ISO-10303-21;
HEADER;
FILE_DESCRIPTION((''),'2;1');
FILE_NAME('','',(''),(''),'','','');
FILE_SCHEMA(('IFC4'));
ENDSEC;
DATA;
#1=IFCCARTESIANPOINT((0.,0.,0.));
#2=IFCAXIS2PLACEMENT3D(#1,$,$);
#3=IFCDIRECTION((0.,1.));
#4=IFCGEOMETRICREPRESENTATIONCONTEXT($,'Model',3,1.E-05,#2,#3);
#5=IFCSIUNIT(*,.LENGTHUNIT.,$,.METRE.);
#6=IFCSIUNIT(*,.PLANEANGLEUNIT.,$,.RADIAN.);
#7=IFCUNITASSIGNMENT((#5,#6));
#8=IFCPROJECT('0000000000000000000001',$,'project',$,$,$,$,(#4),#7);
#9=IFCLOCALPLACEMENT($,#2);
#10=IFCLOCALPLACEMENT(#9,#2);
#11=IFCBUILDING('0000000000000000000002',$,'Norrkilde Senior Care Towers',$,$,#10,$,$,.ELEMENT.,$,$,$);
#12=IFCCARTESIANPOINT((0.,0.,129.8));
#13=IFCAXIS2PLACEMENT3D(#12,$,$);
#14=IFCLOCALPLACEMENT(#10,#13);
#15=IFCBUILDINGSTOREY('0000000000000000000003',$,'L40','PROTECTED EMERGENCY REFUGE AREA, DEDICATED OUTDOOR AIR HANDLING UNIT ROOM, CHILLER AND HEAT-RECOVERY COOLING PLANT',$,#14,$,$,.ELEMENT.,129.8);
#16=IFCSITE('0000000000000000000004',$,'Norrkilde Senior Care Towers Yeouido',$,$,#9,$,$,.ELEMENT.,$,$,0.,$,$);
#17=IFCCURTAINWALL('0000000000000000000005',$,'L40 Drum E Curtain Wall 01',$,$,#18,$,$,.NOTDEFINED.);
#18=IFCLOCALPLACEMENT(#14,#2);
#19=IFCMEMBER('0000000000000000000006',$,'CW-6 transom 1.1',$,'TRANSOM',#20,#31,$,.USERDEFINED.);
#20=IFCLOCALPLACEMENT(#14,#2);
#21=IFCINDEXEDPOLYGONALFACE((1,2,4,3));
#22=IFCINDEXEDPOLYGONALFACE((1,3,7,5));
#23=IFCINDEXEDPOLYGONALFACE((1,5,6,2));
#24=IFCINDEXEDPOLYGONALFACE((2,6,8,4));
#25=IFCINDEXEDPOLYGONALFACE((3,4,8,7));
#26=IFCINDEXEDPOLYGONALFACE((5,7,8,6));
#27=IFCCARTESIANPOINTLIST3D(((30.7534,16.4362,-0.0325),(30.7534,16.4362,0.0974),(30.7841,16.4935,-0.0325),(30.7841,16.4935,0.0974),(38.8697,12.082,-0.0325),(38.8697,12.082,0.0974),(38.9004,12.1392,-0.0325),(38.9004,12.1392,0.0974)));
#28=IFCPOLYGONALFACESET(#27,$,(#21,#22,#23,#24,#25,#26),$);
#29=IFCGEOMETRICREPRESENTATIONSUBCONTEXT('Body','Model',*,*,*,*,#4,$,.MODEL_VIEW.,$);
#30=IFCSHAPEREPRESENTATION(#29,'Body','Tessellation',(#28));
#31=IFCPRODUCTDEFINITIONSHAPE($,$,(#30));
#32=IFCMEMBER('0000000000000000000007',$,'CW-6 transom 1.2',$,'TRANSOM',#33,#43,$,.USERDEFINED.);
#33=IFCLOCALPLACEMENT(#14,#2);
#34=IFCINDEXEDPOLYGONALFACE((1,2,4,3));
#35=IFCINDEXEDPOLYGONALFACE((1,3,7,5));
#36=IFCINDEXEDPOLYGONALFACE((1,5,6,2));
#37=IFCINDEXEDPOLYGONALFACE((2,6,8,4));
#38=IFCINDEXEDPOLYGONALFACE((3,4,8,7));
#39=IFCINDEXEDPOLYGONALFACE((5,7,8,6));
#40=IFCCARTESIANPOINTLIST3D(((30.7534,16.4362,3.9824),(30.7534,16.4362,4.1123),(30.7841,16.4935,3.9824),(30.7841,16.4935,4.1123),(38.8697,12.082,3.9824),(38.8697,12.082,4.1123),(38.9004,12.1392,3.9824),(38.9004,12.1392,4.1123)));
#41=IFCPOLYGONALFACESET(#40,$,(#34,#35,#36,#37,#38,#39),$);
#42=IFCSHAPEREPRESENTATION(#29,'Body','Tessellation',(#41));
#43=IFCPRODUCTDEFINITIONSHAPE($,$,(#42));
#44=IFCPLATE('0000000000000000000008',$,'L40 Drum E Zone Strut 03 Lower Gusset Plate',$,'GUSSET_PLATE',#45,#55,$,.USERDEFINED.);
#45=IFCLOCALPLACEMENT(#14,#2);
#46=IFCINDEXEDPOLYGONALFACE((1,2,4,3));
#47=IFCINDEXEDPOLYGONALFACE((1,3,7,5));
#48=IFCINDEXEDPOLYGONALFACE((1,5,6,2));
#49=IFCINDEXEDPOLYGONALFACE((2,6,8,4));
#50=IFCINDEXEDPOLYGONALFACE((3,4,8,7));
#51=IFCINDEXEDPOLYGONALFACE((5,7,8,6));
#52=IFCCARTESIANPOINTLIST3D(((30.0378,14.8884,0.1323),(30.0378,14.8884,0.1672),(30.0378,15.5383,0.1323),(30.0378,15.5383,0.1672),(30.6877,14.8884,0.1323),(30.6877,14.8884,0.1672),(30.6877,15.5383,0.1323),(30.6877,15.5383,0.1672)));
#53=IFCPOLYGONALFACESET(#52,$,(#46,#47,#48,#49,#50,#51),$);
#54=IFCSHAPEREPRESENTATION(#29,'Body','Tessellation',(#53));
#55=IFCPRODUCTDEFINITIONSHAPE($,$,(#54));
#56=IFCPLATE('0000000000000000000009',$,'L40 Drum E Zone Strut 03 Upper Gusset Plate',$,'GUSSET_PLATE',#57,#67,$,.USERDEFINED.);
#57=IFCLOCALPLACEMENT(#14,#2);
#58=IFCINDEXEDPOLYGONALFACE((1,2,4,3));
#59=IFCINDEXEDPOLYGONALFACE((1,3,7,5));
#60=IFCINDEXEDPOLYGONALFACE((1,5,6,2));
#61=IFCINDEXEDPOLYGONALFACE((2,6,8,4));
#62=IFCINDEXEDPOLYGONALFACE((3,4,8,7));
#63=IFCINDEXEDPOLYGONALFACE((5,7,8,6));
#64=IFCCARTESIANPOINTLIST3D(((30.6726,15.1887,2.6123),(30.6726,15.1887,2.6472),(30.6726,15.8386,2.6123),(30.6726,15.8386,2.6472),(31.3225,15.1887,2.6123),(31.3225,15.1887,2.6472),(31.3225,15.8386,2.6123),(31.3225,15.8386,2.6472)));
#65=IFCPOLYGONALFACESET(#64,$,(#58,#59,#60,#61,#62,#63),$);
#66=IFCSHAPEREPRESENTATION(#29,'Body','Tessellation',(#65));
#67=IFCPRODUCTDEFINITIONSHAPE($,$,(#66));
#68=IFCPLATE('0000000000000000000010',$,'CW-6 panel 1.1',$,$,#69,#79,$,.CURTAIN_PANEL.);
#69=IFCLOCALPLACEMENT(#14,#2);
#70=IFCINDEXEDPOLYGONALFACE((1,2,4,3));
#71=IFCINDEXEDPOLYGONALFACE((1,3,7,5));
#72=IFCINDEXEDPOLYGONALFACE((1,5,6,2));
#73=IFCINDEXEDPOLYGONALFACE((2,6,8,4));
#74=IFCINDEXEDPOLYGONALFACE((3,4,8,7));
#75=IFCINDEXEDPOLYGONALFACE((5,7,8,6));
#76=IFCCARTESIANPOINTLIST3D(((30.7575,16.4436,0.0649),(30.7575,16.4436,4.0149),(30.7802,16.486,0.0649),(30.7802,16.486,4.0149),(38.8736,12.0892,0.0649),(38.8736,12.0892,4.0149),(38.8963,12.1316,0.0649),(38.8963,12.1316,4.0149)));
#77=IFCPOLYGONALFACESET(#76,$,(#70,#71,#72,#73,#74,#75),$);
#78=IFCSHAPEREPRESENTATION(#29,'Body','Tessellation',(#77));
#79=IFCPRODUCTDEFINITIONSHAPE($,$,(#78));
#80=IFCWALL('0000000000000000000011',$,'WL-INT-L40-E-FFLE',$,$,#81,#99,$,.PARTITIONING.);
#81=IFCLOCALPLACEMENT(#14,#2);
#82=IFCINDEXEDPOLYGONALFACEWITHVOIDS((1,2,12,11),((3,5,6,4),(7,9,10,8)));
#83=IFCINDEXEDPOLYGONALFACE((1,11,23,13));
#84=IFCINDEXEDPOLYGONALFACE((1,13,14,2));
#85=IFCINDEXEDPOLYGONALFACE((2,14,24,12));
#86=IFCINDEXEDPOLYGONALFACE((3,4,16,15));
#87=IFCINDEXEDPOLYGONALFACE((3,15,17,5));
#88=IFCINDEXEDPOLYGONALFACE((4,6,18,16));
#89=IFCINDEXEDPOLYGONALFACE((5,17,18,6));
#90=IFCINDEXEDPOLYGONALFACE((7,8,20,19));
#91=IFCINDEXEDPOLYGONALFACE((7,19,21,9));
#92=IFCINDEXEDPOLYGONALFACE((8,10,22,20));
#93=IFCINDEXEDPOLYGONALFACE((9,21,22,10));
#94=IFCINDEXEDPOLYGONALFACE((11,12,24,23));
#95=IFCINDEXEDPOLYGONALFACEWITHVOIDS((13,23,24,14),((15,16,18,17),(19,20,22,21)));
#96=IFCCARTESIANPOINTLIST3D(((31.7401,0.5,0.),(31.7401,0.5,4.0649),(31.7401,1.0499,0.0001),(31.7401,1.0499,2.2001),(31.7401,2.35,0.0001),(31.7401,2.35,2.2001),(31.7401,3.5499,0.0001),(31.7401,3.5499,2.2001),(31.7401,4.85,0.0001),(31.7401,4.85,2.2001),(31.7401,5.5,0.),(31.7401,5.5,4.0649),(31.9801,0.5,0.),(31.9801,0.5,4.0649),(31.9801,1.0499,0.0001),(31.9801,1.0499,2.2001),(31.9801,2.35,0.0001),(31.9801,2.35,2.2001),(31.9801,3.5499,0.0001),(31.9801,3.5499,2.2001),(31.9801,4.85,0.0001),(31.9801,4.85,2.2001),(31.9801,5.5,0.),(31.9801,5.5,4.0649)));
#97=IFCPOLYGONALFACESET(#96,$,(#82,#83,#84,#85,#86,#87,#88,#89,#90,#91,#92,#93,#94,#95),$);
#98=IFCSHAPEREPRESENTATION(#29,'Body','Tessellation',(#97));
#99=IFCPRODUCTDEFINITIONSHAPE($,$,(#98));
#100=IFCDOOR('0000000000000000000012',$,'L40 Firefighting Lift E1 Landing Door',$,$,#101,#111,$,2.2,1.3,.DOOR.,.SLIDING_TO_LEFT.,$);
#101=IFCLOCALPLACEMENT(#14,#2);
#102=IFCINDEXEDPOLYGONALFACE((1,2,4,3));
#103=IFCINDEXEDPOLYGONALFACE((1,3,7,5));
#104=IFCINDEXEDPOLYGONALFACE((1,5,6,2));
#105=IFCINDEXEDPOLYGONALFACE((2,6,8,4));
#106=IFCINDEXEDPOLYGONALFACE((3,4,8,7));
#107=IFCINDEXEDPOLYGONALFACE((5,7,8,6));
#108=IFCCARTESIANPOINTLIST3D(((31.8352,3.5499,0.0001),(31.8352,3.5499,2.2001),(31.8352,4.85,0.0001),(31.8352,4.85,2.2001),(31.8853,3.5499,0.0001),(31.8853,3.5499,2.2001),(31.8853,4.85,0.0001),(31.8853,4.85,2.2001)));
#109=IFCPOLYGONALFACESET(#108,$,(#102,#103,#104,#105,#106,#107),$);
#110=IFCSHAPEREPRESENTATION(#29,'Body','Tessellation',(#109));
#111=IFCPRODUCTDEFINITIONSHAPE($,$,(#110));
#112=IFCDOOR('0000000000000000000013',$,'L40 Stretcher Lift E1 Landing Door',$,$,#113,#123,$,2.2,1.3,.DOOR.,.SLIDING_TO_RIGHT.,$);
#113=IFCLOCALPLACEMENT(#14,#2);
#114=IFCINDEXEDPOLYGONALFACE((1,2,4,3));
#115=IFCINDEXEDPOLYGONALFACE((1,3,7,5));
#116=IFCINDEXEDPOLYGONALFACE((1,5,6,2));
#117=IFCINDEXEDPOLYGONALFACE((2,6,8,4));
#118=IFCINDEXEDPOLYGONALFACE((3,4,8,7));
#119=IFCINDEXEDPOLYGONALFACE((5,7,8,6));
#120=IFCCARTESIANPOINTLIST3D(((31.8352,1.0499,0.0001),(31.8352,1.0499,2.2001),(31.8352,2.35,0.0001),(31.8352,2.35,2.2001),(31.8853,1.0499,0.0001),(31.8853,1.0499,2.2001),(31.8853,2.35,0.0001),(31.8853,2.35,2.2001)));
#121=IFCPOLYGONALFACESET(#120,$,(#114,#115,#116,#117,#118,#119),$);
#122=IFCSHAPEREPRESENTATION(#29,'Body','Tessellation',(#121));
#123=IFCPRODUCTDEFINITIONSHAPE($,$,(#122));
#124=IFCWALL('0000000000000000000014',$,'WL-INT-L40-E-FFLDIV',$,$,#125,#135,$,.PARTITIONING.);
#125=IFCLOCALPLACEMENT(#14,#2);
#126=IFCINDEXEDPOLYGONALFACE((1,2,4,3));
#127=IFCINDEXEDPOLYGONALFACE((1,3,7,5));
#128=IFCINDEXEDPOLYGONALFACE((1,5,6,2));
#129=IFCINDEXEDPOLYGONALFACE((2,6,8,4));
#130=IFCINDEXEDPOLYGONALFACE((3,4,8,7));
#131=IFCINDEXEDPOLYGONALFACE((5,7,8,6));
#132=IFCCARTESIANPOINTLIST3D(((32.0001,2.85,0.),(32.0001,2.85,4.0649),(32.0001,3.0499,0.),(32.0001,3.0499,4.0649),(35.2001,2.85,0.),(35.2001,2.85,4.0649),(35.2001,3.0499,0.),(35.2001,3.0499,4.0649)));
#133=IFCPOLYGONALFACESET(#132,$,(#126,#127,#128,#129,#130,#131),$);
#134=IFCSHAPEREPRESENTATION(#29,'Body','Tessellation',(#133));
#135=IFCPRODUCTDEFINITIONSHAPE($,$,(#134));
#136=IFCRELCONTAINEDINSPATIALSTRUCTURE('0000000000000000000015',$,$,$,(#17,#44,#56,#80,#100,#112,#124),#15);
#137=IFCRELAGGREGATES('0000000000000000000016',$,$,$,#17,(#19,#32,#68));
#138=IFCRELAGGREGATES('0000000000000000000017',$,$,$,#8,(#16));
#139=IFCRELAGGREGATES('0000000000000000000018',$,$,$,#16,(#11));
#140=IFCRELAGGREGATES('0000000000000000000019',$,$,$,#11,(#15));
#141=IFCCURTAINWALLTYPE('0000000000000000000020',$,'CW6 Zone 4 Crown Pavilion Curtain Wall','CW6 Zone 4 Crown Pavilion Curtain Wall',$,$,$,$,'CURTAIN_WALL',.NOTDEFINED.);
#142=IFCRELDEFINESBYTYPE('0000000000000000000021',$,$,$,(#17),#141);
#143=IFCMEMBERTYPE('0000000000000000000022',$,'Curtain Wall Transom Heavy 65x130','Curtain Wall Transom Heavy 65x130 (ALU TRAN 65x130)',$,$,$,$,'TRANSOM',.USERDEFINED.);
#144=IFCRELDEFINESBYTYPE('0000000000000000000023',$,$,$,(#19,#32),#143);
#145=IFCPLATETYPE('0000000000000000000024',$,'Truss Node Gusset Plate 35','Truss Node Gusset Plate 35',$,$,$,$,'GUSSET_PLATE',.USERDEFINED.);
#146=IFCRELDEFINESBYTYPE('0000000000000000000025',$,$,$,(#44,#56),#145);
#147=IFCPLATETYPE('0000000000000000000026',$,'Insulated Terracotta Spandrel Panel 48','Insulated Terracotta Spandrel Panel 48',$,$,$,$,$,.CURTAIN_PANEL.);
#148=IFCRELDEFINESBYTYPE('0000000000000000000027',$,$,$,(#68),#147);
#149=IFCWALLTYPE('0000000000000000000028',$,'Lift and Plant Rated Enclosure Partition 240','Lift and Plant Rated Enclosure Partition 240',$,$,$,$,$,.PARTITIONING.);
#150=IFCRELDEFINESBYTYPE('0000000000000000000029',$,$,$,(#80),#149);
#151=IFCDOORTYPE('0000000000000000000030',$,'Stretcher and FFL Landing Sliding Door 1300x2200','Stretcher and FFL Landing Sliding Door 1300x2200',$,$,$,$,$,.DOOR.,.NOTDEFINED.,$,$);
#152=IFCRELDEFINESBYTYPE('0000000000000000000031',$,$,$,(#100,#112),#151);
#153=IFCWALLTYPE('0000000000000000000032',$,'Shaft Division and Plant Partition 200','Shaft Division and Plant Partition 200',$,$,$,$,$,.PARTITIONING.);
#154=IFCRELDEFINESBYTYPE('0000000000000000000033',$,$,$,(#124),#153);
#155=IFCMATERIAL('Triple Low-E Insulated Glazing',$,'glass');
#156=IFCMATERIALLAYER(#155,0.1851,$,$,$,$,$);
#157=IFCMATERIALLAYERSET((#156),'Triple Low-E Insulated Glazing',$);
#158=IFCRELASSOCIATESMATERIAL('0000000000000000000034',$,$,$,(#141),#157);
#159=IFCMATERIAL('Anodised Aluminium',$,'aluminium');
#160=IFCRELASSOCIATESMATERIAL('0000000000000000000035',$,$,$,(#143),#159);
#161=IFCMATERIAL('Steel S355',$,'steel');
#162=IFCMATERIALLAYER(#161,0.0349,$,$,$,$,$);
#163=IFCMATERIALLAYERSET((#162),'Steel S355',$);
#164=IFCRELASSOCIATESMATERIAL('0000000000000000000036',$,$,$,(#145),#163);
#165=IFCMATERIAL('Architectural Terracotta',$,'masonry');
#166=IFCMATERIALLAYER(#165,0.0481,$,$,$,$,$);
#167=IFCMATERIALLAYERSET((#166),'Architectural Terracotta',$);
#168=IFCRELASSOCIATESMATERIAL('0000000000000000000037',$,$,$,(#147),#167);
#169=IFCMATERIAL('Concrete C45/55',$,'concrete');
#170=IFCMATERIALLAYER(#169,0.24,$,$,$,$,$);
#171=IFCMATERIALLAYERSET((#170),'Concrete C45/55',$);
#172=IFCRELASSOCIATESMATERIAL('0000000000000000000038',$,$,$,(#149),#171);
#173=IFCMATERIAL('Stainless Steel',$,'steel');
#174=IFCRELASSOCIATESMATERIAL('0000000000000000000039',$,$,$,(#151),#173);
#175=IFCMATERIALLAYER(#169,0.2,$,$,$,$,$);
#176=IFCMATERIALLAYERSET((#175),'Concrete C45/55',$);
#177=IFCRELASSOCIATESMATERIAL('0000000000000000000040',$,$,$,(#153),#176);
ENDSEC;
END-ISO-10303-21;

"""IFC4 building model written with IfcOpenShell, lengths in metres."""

from ifc_helpers import new_model, si_unit, direction, frame, frame_2d, origin, origin_2d, place, context, subcontext, project, spatial, rectangle, extrude, source, transform, mapped, material, layer, layer_set, material_profile, profile_set, type_object, type_shapes, element, fill, aggregate, save


model = new_model("IFC4")

# Units and contexts
model_context = context("Model", 3, precision=1e-05, world=origin(), true_north=direction((0.0, 1.0)))
body_context = subcontext(model_context, "Body", "Model", "MODEL_VIEW")
ifc_project = project(units=[si_unit("LENGTHUNIT", "METRE"), si_unit("PLANEANGLEUNIT", "RADIAN")], contexts=[model_context])

# Site, building, storey
site_placement = place(None, origin())
site = spatial("IfcSite", under=ifc_project, at=site_placement, Name="Norrkilde Senior Care Towers Yeouido", CompositionType="ELEMENT", RefElevation=0.0)
building_placement = place(site_placement, origin())
building = spatial("IfcBuilding", under=site, at=building_placement, Name="Norrkilde Senior Care Towers", CompositionType="ELEMENT")
storey_placement = place(building_placement, frame((0.0, 0.0, 129.8)))
storey = spatial("IfcBuildingStorey", under=building, at=storey_placement, Name="L40", Description="PROTECTED EMERGENCY REFUGE AREA, DEDICATED OUTDOOR AIR HANDLING UNIT ROOM, CHILLER AND HEAT-RECOVERY COOLING PLANT", CompositionType="ELEMENT", Elevation=129.8)

# Shared definitions
ifc_material_1 = material(Name="Steel S355", Category="steel")

# Curtain wall
ifc_material_2 = material(Name="Triple Low-E Insulated Glazing", Category="glass")
ifc_layer_1 = layer(ifc_material_2, 0.1851)
ifc_layer_set_1 = layer_set([ifc_layer_1], Name="Triple Low-E Insulated Glazing")
curtain_wall_type = type_object("IfcCurtainWallType", Name="CW6 Zone 4 Crown Pavilion Curtain Wall", Description="CW6 Zone 4 Crown Pavilion Curtain Wall", ElementType="CURTAIN_WALL", PredefinedType="NOTDEFINED", material=ifc_layer_set_1)
curtain_wall_1_placement = place(storey_placement, origin())
curtain_wall_1 = element("IfcCurtainWall", 1, at=curtain_wall_1_placement, inside=storey, type_object=curtain_wall_type, Name="L40 Drum E Curtain Wall 01", PredefinedType="NOTDEFINED")
ifc_material_3 = material(Name="Anodised Aluminium", Category="aluminium")

# Members
ifc_material_profile_1 = material_profile(ifc_material_3, rectangle(XDim=0.0649, YDim=0.1299, at=origin_2d()), Name="ALU TRAN 65x130")
ifc_profile_set_1 = profile_set([ifc_material_profile_1], Name="Anodised Aluminium")
member_type_1 = type_object("IfcMemberType", Name="Curtain Wall Transom Heavy 65x130", Description="Curtain Wall Transom Heavy 65x130 (ALU TRAN 65x130)", ElementType="TRANSOM", PredefinedType="USERDEFINED", material=ifc_profile_set_1)
shared_shape_1 = source(origin(), body_context, "Body", "SweptSolid", [
    extrude(rectangle(XDim=0.0649, YDim=0.1299, at=origin_2d()), origin(), (0.0, 0.0, 1.0), 9.2104),
])
type_shapes(member_type_1, [shared_shape_1])
member_1_placement = place(storey_placement, frame((30.7688, 16.4648, 0.0325), z_axis=(0.881196, -0.472751, 0.0), x_axis=(0.472751, 0.881196, 0.0)))
member_1 = element("IfcMember", 2, at=member_1_placement, type_object=member_type_1, Name="CW-6 transom 1.1", ObjectType="TRANSOM", PredefinedType="USERDEFINED", context=body_context, shape_type="MappedRepresentation", body=[
    mapped(shared_shape_1, transform((0.0, 0.0, 0.0), x_axis=(1.0, 0.0, 0.0), y_axis=(0.0, 1.0, 0.0), z_axis=(0.0, 0.0, 1.0), scale=1.0)),
])
member_2_placement = place(storey_placement, frame((30.7688, 16.4648, 4.0474), z_axis=(0.881196, -0.472751, 0.0), x_axis=(0.472751, 0.881196, 0.0)))
member_2 = element("IfcMember", 3, at=member_2_placement, type_object=member_type_1, Name="CW-6 transom 1.2", ObjectType="TRANSOM", PredefinedType="USERDEFINED", context=body_context, shape_type="MappedRepresentation", body=[
    mapped(shared_shape_1, transform((0.0, 0.0, 0.0), x_axis=(1.0, 0.0, 0.0), y_axis=(0.0, 1.0, 0.0), z_axis=(0.0, 0.0, 1.0), scale=1.0)),
])

# Plates
ifc_layer_2 = layer(ifc_material_1, 0.0349)
ifc_layer_set_2 = layer_set([ifc_layer_2], Name="Steel S355")
plate_type_1 = type_object("IfcPlateType", Name="Truss Node Gusset Plate 35", Description="Truss Node Gusset Plate 35", ElementType="GUSSET_PLATE", PredefinedType="USERDEFINED", material=ifc_layer_set_2)
shared_shape_2 = source(origin(), body_context, "Body", "SweptSolid", [
    extrude(rectangle(XDim=0.6499, YDim=0.6499, at=origin_2d()), origin(), (0.0, 0.0, 1.0), 0.0349),
])
type_shapes(plate_type_1, [shared_shape_2])
for number, where, z_axis, x_axis, name in (
    (4, (30.3628, 15.2134, 0.1323), (0.0, 0.0, 1.0), (1.0, 0.0, 0.0), "L40 Drum E Zone Strut 03 Lower Gusset Plate"),
    (5, (30.9976, 15.5137, 2.6123), (0.0, 0.0, 1.0), (1.0, 0.0, 0.0), "L40 Drum E Zone Strut 03 Upper Gusset Plate"),
):
    element("IfcPlate", number, at=place(storey_placement, frame(where, z_axis=z_axis, x_axis=x_axis)), inside=storey, type_object=plate_type_1, Name=name, ObjectType="GUSSET_PLATE", PredefinedType="USERDEFINED", context=body_context, shape_type="MappedRepresentation", body=[
        mapped(shared_shape_2, transform((0.0, 0.0, 0.0), x_axis=(1.0, 0.0, 0.0), y_axis=(0.0, 1.0, 0.0), z_axis=(0.0, 0.0, 1.0), scale=1.0)),
    ])

# Plate
ifc_material_4 = material(Name="Architectural Terracotta", Category="masonry")
ifc_layer_3 = layer(ifc_material_4, 0.0481)
ifc_layer_set_3 = layer_set([ifc_layer_3], Name="Architectural Terracotta")
plate_type_2 = type_object("IfcPlateType", Name="Insulated Terracotta Spandrel Panel 48", Description="Insulated Terracotta Spandrel Panel 48", PredefinedType="CURTAIN_PANEL", material=ifc_layer_set_3)
shared_shape_3 = source(origin(), body_context, "Body", "SweptSolid", [
    extrude(rectangle(XDim=9.2104, YDim=0.0481, at=origin_2d()), origin(), (0.0, 0.0, 1.0), 3.95),
])
type_shapes(plate_type_2, [shared_shape_3])
plate_placement = place(storey_placement, frame((34.8269, 14.2876, 0.0649), z_axis=(0.0, 0.0, 1.0), x_axis=(0.881186, -0.472769, 0.0)))
plate = element("IfcPlate", 6, at=plate_placement, type_object=plate_type_2, Name="CW-6 panel 1.1", PredefinedType="CURTAIN_PANEL", context=body_context, shape_type="MappedRepresentation", body=[
    mapped(shared_shape_3, transform((0.0, 0.0, 0.0), x_axis=(1.0, 0.0, 0.0), y_axis=(0.0, 1.0, 0.0), z_axis=(0.0, 0.0, 1.0), scale=1.0)),
])
aggregate(curtain_wall_1, [member_1, member_2, plate])

# Wall, openings, doors
ifc_material_5 = material(Name="Concrete C45/55", Category="concrete")
ifc_layer_4 = layer(ifc_material_5, 0.24)
ifc_layer_set_4 = layer_set([ifc_layer_4], Name="Concrete C45/55")
wall_type_1 = type_object("IfcWallType", Name="Lift and Plant Rated Enclosure Partition 240", Description="Lift and Plant Rated Enclosure Partition 240", PredefinedType="PARTITIONING", material=ifc_layer_set_4)
shared_shape_4 = source(origin(), body_context, "Body", "SweptSolid", [
    extrude(rectangle(XDim=5.0, YDim=0.24, at=frame_2d((2.5, 0.0))), origin(), (0.0, 0.0, 1.0), 4.0649),
])
type_shapes(wall_type_1, [shared_shape_4])
wall_1_placement = place(storey_placement, frame((31.8601, 0.5, 0.0), z_axis=(0.0, 0.0, 1.0), x_axis=(0.0, 1.0, 0.0)))
wall_1 = element("IfcWall", 7, at=wall_1_placement, inside=storey, type_object=wall_type_1, Name="WL-INT-L40-E-FFLE", PredefinedType="PARTITIONING", context=body_context, shape_type="MappedRepresentation", body=[
    mapped(shared_shape_4, transform((0.0, 0.0, 0.0), x_axis=(1.0, 0.0, 0.0), y_axis=(0.0, 1.0, 0.0), z_axis=(0.0, 0.0, 1.0), scale=1.0)),
])
opening_1_placement = place(wall_1_placement, frame((3.05, 0.0, 0.0)))
opening_1 = element("IfcOpeningElement", 8, at=opening_1_placement, cuts=wall_1, PredefinedType="OPENING", context=body_context, shape_type="SweptSolid", body=[
    extrude(rectangle(XDim=1.3, YDim=2.2, at=frame_2d((0.6499, 1.1001))), frame((0.0, 0.1299, 0.0), z_axis=(0.0, -1.0, 0.0), x_axis=(1.0, 0.0, 0.0)), (0.0, 0.0, 1.0), 0.26),
])
opening_2_placement = place(wall_1_placement, frame((0.55, 0.0, 0.0)))
opening_2 = element("IfcOpeningElement", 9, at=opening_2_placement, cuts=wall_1, PredefinedType="OPENING", context=body_context, shape_type="SweptSolid", body=[
    extrude(rectangle(XDim=1.3, YDim=2.2, at=frame_2d((0.6499, 1.1001))), frame((0.0, 0.1299, 0.0), z_axis=(0.0, -1.0, 0.0), x_axis=(1.0, 0.0, 0.0)), (0.0, 0.0, 1.0), 0.26),
])
ifc_material_6 = material(Name="Stainless Steel", Category="steel")
door_type_1 = type_object("IfcDoorType", Name="Stretcher and FFL Landing Sliding Door 1300x2200", Description="Stretcher and FFL Landing Sliding Door 1300x2200", OperationType="NOTDEFINED", PredefinedType="DOOR", material=ifc_material_6)
shared_shape_5 = source(origin(), body_context, "Body", "SweptSolid", [
    extrude(rectangle(XDim=1.3, YDim=2.2, at=frame_2d((0.6499, 1.1001))), frame((0.0, 0.0249, 0.0), z_axis=(0.0, -1.0, 0.0), x_axis=(1.0, 0.0, 0.0)), (0.0, 0.0, 1.0), 0.05),
])
type_shapes(door_type_1, [shared_shape_5])
door_1_placement = place(opening_1_placement, origin())
door_1 = element("IfcDoor", 10, at=door_1_placement, inside=storey, type_object=door_type_1, Name="L40 Firefighting Lift E1 Landing Door", OperationType="SLIDING_TO_LEFT", OverallHeight=2.2, OverallWidth=1.3, PredefinedType="DOOR", context=body_context, shape_type="MappedRepresentation", body=[
    mapped(shared_shape_5, transform((0.0, 0.0, 0.0), x_axis=(1.0, 0.0, 0.0), y_axis=(0.0, 1.0, 0.0), z_axis=(0.0, 0.0, 1.0), scale=1.0)),
])
fill(opening_1, door_1)
door_2_placement = place(opening_2_placement, origin())
door_2 = element("IfcDoor", 11, at=door_2_placement, inside=storey, type_object=door_type_1, Name="L40 Stretcher Lift E1 Landing Door", OperationType="SLIDING_TO_RIGHT", OverallHeight=2.2, OverallWidth=1.3, PredefinedType="DOOR", context=body_context, shape_type="MappedRepresentation", body=[
    mapped(shared_shape_5, transform((0.0, 0.0, 0.0), x_axis=(1.0, 0.0, 0.0), y_axis=(0.0, 1.0, 0.0), z_axis=(0.0, 0.0, 1.0), scale=1.0)),
])
fill(opening_2, door_2)

# Wall
ifc_layer_5 = layer(ifc_material_5, 0.2)
ifc_layer_set_5 = layer_set([ifc_layer_5], Name="Concrete C45/55")
wall_type_2 = type_object("IfcWallType", Name="Shaft Division and Plant Partition 200", Description="Shaft Division and Plant Partition 200", PredefinedType="PARTITIONING", material=ifc_layer_set_5)
shared_shape_6 = source(origin(), body_context, "Body", "SweptSolid", [
    extrude(rectangle(XDim=3.2, YDim=0.2, at=frame_2d((1.6001, 0.0))), origin(), (0.0, 0.0, 1.0), 4.0649),
])
wall_2_placement = place(storey_placement, frame((32.0, 2.95, 0.0), z_axis=(0.0, 0.0, 1.0), x_axis=(1.0, 0.0, 0.0)))
element("IfcWall", 12, at=wall_2_placement, inside=storey, type_object=wall_type_2, Name="WL-INT-L40-E-FFLDIV", PredefinedType="PARTITIONING", context=body_context, shape_type="MappedRepresentation", body=[
    mapped(shared_shape_6, transform((0.0, 0.0, 0.0), x_axis=(1.0, 0.0, 0.0), y_axis=(0.0, 1.0, 0.0), z_axis=(0.0, 0.0, 1.0), scale=1.0)),
])

save(model, "model.ifc")
